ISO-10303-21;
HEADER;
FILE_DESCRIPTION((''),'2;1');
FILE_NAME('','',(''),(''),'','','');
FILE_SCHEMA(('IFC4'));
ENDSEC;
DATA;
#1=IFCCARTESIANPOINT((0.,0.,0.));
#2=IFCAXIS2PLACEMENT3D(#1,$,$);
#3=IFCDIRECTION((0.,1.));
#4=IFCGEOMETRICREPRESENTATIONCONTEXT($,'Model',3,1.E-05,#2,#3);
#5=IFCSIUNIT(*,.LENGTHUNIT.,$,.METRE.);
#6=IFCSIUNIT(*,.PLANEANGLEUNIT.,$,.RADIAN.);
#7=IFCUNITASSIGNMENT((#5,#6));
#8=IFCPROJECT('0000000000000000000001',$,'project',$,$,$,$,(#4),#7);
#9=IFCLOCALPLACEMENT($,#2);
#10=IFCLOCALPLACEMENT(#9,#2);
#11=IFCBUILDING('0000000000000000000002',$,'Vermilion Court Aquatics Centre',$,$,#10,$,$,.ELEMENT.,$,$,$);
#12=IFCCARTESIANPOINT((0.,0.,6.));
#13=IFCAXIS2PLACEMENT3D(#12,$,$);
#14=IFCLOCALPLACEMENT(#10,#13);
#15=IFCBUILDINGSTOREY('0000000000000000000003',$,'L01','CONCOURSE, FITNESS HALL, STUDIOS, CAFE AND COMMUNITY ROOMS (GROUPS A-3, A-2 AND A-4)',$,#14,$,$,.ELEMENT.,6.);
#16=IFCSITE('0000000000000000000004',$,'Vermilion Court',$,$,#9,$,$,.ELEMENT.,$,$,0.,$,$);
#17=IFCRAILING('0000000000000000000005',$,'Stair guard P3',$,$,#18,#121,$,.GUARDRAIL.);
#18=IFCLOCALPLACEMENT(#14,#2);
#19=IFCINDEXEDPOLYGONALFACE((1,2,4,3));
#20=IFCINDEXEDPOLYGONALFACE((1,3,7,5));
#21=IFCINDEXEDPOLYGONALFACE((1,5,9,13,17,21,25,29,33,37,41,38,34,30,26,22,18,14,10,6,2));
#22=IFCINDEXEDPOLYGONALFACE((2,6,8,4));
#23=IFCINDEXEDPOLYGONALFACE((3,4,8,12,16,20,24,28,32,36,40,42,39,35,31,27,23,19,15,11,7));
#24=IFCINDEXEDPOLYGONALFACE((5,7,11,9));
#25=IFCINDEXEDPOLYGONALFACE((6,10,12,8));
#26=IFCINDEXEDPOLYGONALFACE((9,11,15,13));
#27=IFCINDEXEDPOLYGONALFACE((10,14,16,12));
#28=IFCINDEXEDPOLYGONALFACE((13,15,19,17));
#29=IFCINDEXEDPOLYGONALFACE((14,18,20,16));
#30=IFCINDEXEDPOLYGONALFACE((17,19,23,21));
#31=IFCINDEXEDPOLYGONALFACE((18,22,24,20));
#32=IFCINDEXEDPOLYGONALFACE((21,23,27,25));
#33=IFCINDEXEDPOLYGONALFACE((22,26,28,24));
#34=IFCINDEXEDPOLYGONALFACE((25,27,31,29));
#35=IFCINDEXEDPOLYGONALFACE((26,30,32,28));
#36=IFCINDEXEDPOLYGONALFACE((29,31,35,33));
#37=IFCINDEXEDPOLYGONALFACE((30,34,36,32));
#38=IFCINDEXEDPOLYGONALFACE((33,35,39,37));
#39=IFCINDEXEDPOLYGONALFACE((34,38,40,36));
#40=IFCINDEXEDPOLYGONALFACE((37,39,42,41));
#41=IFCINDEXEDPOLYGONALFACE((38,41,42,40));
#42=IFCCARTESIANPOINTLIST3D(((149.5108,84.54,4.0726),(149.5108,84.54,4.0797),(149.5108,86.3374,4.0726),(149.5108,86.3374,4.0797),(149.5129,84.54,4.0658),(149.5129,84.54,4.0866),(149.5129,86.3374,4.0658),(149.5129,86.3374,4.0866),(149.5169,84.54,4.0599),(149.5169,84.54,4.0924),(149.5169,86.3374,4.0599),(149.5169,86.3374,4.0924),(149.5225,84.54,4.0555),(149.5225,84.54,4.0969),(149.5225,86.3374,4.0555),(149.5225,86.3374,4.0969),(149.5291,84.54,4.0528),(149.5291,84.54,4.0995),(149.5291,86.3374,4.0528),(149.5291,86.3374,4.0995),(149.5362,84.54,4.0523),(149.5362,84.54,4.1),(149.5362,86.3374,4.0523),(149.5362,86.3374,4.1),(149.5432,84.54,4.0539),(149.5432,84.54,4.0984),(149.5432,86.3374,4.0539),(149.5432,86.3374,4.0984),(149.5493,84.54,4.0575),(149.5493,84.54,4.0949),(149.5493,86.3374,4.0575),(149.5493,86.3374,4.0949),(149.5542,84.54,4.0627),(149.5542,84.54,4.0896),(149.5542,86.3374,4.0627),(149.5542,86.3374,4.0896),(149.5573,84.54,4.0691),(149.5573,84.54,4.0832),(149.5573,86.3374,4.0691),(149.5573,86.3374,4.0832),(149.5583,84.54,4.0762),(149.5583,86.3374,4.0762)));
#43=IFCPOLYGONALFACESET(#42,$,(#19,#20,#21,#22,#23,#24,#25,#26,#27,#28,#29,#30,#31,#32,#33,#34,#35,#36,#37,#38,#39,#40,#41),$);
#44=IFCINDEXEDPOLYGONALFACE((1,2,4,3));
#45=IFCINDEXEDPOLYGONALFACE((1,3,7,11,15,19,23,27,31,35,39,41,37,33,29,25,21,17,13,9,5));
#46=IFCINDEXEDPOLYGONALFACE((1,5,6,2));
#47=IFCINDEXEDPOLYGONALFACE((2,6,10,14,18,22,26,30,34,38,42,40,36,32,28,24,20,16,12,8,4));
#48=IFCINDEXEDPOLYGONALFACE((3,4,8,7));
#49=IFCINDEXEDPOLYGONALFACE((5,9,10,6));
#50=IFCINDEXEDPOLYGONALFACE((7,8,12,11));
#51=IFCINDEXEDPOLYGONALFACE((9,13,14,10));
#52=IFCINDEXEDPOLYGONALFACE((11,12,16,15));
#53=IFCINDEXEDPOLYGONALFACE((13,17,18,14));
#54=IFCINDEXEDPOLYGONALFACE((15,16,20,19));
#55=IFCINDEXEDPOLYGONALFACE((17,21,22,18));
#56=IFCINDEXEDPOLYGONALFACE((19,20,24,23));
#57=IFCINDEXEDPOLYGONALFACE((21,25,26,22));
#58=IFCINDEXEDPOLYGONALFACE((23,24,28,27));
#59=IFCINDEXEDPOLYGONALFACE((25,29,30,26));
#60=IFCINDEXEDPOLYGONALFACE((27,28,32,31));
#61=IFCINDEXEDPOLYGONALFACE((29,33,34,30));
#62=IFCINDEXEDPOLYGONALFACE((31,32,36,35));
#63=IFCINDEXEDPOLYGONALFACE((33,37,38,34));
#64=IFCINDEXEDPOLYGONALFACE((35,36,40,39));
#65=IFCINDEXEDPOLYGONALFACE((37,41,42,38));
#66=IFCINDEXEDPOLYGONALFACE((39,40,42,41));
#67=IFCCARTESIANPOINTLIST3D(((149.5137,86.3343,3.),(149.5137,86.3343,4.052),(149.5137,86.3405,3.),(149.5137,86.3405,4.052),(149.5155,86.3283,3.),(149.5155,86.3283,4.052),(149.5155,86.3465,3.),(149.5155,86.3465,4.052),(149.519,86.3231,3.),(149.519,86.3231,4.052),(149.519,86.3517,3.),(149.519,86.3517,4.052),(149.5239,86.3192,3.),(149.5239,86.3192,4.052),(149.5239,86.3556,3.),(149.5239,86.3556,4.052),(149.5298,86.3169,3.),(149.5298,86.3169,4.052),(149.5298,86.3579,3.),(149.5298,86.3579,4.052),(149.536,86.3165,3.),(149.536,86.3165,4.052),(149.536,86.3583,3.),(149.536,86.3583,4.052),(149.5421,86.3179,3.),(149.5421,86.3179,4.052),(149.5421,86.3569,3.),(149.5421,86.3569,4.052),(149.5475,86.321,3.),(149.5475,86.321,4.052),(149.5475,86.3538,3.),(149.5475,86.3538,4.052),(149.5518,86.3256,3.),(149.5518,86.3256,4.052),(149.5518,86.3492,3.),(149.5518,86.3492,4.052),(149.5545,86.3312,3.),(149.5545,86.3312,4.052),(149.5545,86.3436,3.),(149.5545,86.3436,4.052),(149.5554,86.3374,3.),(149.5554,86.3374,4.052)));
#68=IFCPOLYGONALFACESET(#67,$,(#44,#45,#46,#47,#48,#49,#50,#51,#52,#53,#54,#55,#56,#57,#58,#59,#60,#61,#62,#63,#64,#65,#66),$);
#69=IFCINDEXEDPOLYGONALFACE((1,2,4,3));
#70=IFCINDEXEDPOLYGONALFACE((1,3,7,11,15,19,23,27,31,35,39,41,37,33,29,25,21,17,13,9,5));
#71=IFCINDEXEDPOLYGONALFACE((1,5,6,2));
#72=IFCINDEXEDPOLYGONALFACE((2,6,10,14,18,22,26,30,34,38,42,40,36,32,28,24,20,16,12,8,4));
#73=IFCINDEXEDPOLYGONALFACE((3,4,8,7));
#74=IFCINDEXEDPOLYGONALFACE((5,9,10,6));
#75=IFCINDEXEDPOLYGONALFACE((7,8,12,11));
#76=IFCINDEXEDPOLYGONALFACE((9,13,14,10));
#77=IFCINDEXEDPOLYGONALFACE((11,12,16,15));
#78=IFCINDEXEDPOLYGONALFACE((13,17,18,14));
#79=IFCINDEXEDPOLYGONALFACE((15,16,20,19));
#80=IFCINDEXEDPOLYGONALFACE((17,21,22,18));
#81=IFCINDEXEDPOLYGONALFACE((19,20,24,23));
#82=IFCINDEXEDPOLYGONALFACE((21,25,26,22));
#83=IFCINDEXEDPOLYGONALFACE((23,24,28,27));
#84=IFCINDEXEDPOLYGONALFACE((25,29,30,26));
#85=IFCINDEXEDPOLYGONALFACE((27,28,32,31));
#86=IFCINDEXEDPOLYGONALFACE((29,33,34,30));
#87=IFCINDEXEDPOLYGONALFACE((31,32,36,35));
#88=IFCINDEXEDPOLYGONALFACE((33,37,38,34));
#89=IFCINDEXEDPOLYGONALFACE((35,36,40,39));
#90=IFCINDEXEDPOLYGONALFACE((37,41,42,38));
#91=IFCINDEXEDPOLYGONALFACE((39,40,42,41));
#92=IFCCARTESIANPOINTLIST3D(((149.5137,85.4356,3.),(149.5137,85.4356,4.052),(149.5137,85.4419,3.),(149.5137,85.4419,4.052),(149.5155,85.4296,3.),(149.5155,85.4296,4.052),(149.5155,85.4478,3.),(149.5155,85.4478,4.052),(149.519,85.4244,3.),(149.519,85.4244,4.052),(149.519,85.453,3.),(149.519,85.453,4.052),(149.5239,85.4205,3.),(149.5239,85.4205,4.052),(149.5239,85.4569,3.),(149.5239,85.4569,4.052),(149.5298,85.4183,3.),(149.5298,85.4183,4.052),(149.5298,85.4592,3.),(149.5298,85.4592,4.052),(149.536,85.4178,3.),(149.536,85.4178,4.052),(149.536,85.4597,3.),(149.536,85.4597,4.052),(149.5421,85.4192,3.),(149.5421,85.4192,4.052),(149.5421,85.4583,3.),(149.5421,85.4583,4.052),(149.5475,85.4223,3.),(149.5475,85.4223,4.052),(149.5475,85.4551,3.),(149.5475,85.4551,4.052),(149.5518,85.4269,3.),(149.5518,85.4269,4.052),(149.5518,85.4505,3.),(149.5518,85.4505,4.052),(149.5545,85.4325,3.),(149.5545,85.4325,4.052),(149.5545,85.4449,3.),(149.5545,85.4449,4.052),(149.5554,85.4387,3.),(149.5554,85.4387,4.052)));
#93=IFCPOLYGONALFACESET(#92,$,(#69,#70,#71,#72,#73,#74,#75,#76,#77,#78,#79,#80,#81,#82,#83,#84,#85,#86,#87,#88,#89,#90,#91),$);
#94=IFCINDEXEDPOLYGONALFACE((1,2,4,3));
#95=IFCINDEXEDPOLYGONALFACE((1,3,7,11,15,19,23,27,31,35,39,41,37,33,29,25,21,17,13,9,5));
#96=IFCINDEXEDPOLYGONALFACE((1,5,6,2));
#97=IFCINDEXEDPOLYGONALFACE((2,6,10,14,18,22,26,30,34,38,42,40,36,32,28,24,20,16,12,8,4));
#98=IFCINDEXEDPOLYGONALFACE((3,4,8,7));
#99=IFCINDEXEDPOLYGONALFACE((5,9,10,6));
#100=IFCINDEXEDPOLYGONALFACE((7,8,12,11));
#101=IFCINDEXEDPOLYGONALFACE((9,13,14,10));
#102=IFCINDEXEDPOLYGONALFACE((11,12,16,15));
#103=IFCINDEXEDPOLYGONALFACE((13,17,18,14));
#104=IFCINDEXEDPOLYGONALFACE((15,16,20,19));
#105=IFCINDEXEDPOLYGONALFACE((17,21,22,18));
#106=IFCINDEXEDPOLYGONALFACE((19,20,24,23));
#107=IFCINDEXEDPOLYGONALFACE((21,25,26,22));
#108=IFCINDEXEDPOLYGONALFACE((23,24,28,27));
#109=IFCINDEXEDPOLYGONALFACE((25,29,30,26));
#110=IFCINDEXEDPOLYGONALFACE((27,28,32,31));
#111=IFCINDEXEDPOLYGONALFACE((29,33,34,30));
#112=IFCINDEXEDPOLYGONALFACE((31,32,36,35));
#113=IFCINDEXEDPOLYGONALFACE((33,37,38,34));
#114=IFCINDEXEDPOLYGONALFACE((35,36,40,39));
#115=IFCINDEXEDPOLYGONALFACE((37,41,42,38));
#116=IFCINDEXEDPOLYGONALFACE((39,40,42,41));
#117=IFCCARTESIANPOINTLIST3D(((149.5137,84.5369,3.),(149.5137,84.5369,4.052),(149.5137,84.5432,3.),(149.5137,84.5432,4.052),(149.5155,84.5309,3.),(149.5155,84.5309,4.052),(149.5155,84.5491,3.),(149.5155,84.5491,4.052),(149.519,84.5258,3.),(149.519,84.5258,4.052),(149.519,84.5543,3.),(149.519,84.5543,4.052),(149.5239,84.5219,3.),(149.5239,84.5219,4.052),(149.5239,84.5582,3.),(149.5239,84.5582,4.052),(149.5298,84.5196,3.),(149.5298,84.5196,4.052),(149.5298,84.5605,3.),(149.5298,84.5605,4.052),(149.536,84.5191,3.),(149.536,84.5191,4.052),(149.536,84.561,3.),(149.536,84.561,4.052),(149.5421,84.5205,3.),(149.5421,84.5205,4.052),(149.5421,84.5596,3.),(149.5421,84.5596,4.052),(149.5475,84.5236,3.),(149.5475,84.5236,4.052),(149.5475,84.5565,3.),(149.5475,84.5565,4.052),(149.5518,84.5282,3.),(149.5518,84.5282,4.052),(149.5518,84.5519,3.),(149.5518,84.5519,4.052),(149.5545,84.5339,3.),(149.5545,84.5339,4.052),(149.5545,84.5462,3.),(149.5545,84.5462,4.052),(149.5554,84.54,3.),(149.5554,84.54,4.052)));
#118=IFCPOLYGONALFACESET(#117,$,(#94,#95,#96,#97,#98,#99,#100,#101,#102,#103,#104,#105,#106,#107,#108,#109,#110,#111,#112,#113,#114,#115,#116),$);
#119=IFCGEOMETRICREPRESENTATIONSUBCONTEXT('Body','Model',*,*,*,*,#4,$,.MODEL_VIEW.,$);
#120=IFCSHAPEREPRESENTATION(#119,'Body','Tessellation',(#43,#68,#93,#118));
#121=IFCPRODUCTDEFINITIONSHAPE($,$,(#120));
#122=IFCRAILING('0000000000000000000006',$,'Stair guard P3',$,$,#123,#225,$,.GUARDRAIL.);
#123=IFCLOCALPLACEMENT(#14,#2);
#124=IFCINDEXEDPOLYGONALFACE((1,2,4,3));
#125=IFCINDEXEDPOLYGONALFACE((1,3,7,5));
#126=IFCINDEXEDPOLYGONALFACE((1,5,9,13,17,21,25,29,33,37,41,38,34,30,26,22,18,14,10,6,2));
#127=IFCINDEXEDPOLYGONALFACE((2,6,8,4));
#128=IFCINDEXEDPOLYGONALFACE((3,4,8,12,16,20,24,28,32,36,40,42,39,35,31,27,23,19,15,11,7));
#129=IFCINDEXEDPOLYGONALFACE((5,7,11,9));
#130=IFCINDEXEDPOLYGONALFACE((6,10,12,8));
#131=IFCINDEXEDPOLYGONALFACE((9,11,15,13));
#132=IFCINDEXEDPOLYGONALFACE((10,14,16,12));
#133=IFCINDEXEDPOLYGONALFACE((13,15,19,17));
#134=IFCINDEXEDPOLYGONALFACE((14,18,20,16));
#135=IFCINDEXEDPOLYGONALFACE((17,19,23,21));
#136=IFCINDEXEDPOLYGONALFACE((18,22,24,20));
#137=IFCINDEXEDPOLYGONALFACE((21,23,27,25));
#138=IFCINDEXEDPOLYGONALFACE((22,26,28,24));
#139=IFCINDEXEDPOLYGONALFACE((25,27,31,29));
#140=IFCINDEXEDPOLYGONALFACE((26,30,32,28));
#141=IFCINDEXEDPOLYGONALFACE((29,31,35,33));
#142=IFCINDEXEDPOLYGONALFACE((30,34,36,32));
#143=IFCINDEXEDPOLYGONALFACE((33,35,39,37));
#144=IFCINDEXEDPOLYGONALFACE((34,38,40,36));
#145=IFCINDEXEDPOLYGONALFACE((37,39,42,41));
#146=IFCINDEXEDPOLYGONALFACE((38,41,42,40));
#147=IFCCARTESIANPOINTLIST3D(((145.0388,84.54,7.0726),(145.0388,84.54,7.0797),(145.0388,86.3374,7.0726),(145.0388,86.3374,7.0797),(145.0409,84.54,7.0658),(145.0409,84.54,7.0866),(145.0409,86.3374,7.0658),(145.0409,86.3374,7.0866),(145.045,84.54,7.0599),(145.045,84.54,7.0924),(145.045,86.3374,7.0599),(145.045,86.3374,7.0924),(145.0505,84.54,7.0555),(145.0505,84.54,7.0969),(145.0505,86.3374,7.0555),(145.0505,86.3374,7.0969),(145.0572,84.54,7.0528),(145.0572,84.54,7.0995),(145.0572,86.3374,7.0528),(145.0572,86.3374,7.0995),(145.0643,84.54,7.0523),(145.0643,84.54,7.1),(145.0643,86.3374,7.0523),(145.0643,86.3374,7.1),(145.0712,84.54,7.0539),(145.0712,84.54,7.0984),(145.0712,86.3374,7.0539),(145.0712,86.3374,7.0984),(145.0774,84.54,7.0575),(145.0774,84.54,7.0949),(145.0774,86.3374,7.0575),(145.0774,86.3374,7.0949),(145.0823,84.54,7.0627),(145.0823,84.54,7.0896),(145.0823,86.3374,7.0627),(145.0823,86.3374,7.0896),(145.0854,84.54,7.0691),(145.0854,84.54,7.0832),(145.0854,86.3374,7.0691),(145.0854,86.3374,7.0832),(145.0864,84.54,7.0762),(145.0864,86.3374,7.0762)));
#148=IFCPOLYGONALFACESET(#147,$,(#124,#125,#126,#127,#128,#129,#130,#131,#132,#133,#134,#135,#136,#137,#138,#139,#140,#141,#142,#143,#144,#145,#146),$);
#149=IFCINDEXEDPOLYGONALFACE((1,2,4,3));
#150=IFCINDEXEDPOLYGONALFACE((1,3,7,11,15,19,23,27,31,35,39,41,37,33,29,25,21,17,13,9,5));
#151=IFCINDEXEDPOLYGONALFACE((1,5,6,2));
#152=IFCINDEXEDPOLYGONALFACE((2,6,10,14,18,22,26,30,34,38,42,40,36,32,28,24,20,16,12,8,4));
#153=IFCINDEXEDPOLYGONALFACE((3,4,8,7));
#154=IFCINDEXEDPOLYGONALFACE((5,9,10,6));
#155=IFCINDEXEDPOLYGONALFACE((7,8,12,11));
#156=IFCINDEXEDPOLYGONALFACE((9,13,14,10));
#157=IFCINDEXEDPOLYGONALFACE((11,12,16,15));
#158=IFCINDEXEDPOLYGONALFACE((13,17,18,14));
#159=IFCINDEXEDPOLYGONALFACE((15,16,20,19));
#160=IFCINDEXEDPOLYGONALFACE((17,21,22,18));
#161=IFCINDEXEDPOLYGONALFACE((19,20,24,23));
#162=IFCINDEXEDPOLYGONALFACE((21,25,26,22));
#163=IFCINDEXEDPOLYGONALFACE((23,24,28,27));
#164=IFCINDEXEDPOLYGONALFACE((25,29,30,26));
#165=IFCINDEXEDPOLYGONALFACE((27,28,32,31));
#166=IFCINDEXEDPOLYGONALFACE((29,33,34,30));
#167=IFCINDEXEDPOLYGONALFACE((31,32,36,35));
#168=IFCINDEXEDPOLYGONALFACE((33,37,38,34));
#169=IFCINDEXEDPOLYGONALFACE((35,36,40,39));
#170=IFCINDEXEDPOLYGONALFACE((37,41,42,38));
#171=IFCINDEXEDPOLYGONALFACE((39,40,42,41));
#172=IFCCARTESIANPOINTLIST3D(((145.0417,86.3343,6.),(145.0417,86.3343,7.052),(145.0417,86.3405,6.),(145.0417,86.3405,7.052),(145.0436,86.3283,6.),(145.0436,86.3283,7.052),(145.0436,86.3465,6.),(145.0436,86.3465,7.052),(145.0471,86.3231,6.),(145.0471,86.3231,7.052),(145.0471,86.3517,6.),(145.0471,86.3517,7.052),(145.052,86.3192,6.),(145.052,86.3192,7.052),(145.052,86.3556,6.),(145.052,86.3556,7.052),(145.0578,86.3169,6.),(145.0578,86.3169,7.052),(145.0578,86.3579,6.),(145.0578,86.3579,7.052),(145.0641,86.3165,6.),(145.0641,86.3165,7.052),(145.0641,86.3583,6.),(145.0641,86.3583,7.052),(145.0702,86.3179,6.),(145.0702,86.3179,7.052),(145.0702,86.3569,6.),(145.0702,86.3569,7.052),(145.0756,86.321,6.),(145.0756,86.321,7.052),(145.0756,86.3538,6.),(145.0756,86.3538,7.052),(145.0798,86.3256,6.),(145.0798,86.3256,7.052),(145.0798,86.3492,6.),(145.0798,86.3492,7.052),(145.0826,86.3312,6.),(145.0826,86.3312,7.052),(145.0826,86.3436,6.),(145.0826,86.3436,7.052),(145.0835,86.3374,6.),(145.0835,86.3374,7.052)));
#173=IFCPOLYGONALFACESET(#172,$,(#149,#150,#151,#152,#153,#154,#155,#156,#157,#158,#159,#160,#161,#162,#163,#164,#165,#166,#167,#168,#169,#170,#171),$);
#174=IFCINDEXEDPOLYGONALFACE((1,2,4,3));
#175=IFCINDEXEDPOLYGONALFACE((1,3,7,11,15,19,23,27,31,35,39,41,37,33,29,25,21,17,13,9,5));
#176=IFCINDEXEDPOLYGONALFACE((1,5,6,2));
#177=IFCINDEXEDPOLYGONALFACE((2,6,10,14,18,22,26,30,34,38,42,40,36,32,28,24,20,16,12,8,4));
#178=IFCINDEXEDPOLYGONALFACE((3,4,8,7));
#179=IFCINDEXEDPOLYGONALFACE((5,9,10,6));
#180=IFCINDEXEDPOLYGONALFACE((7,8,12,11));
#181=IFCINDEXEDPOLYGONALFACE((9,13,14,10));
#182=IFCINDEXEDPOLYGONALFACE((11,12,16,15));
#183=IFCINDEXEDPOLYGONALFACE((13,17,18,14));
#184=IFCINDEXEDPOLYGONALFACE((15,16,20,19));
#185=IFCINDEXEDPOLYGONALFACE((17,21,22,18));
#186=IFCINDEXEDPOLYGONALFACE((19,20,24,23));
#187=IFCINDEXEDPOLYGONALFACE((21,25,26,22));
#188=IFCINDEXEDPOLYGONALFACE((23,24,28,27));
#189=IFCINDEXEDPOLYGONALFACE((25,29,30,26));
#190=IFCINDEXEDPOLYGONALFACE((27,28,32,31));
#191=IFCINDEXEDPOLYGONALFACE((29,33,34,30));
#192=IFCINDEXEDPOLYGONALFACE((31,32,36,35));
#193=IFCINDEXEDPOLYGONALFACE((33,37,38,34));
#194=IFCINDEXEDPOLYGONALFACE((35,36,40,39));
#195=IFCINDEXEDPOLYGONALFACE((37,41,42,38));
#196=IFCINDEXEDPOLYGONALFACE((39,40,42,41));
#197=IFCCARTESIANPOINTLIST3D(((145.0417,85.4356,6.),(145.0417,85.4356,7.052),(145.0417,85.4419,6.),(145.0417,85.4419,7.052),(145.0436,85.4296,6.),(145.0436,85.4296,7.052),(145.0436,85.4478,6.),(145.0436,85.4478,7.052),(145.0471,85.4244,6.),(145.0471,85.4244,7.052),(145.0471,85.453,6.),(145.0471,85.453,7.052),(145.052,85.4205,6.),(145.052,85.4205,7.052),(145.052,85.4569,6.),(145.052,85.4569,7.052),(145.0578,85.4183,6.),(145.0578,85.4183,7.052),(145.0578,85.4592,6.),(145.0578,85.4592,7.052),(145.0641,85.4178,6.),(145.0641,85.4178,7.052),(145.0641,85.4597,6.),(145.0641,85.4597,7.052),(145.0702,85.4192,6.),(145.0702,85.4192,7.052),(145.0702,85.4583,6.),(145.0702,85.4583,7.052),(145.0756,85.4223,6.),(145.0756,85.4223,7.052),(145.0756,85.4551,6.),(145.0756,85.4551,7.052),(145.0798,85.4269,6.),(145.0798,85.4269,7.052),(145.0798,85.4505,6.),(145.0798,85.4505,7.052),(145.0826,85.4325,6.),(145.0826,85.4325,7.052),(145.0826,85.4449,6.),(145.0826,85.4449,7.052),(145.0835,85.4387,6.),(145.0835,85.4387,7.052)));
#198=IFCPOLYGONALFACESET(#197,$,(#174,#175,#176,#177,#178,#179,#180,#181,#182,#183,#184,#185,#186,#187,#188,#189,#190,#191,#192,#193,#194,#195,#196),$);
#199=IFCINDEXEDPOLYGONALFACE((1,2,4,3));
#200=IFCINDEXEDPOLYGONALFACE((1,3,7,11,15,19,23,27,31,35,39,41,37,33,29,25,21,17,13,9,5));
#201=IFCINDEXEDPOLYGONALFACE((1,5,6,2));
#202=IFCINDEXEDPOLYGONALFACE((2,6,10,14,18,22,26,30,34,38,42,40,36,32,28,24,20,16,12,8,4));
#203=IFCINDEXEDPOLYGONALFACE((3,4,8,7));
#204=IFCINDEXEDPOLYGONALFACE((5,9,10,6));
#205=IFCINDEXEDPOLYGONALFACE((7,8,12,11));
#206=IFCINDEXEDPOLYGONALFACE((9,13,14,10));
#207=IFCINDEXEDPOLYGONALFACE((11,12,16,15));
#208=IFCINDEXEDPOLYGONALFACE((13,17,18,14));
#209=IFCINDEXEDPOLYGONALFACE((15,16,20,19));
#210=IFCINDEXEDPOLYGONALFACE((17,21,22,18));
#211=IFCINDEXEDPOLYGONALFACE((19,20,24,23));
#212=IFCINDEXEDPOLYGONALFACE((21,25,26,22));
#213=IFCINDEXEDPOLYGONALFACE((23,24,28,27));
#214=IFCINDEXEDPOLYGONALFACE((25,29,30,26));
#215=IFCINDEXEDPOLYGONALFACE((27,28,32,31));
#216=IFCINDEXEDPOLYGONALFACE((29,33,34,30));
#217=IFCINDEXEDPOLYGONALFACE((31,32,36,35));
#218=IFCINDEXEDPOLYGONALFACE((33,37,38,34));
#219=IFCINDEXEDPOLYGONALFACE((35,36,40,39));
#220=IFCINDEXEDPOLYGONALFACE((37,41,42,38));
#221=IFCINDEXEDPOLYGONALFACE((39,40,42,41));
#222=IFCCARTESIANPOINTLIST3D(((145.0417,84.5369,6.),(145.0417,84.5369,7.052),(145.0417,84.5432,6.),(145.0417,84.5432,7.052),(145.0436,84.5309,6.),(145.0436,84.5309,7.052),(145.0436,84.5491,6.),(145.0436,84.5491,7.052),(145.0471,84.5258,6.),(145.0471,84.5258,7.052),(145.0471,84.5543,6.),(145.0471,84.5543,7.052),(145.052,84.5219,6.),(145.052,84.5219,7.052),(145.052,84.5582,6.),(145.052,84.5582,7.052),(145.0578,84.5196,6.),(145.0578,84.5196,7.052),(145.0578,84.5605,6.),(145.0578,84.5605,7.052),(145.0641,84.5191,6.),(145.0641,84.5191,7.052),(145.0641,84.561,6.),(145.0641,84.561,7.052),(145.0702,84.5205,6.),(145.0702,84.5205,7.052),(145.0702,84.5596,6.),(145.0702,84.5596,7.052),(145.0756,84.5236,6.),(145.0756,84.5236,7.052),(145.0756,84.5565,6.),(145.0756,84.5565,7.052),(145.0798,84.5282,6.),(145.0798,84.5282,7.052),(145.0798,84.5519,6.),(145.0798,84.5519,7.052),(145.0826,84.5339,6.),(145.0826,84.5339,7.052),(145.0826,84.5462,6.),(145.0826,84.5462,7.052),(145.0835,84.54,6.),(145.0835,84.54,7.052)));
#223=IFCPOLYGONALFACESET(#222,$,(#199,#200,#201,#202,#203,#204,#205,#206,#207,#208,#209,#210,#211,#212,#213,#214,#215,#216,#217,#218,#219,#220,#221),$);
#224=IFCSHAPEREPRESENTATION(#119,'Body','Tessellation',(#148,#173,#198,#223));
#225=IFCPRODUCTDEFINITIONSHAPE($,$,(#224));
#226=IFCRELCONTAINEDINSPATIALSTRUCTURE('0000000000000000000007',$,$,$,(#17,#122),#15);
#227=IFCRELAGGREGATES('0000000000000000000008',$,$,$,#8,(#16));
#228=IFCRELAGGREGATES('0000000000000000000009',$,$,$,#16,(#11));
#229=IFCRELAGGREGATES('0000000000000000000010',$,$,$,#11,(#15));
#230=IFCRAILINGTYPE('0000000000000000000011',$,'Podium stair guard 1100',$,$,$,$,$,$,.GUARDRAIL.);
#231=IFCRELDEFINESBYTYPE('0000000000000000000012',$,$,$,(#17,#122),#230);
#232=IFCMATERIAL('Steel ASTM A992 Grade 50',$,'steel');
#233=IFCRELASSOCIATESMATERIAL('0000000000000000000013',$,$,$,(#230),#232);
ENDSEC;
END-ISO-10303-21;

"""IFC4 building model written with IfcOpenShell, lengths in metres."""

from ifc_helpers import new_model, si_unit, direction, frame, origin, origin_2d, place, context, subcontext, project, spatial, circle, extrude, material, type_object, element, save


model = new_model("IFC4")

# Units and contexts
model_context = context("Model", 3, precision=1e-05, world=origin(), true_north=direction((0.0, 1.0)))
body_context = subcontext(model_context, "Body", "Model", "MODEL_VIEW")
ifc_project = project(units=[si_unit("LENGTHUNIT", "METRE"), si_unit("PLANEANGLEUNIT", "RADIAN")], contexts=[model_context])

# Site, building, storey
site_placement = place(None, origin())
site = spatial("IfcSite", under=ifc_project, at=site_placement, Name="Vermilion Court", CompositionType="ELEMENT", RefElevation=0.0)
building_placement = place(site_placement, origin())
building = spatial("IfcBuilding", under=site, at=building_placement, Name="Vermilion Court Aquatics Centre", CompositionType="ELEMENT")
storey_placement = place(building_placement, frame((0.0, 0.0, 6.0)))
storey = spatial("IfcBuildingStorey", under=building, at=storey_placement, Name="L01", Description="CONCOURSE, FITNESS HALL, STUDIOS, CAFE AND COMMUNITY ROOMS (GROUPS A-3, A-2 AND A-4)", CompositionType="ELEMENT", Elevation=6.0)

# Railings
ifc_material_1 = material(Name="Steel ASTM A992 Grade 50", Category="steel")
railing_type_1 = type_object("IfcRailingType", Name="Podium stair guard 1100", PredefinedType="GUARDRAIL", material=ifc_material_1)
for number, where, name in (
    (1, (149.5344, 86.3374, 3.0), "Stair guard P3"),
    (2, (145.0625, 86.3374, 6.0), "Stair guard P3"),
):
    element("IfcRailing", number, at=place(storey_placement, frame(where)), inside=storey, type_object=railing_type_1, Name=name, PredefinedType="GUARDRAIL", context=body_context, shape_type="SweptSolid", body=[
        extrude(circle(Radius=0.0239, at=origin_2d()), frame((0.0, 0.0, 1.0762), z_axis=(0.0, -1.0, 0.0), x_axis=(1.0, 0.0, 0.0)), (0.0, 0.0, 1.0), 1.7974),
        extrude(circle(Radius=0.021, at=origin_2d()), origin(), (0.0, 0.0, 1.0), 1.052),
        extrude(circle(Radius=0.021, at=origin_2d()), frame((0.0, -0.8987, 0.0)), (0.0, 0.0, 1.0), 1.052),
        extrude(circle(Radius=0.021, at=origin_2d()), frame((0.0, -1.7974, 0.0)), (0.0, 0.0, 1.0), 1.052),
    ])

save(model, "model.ifc")
